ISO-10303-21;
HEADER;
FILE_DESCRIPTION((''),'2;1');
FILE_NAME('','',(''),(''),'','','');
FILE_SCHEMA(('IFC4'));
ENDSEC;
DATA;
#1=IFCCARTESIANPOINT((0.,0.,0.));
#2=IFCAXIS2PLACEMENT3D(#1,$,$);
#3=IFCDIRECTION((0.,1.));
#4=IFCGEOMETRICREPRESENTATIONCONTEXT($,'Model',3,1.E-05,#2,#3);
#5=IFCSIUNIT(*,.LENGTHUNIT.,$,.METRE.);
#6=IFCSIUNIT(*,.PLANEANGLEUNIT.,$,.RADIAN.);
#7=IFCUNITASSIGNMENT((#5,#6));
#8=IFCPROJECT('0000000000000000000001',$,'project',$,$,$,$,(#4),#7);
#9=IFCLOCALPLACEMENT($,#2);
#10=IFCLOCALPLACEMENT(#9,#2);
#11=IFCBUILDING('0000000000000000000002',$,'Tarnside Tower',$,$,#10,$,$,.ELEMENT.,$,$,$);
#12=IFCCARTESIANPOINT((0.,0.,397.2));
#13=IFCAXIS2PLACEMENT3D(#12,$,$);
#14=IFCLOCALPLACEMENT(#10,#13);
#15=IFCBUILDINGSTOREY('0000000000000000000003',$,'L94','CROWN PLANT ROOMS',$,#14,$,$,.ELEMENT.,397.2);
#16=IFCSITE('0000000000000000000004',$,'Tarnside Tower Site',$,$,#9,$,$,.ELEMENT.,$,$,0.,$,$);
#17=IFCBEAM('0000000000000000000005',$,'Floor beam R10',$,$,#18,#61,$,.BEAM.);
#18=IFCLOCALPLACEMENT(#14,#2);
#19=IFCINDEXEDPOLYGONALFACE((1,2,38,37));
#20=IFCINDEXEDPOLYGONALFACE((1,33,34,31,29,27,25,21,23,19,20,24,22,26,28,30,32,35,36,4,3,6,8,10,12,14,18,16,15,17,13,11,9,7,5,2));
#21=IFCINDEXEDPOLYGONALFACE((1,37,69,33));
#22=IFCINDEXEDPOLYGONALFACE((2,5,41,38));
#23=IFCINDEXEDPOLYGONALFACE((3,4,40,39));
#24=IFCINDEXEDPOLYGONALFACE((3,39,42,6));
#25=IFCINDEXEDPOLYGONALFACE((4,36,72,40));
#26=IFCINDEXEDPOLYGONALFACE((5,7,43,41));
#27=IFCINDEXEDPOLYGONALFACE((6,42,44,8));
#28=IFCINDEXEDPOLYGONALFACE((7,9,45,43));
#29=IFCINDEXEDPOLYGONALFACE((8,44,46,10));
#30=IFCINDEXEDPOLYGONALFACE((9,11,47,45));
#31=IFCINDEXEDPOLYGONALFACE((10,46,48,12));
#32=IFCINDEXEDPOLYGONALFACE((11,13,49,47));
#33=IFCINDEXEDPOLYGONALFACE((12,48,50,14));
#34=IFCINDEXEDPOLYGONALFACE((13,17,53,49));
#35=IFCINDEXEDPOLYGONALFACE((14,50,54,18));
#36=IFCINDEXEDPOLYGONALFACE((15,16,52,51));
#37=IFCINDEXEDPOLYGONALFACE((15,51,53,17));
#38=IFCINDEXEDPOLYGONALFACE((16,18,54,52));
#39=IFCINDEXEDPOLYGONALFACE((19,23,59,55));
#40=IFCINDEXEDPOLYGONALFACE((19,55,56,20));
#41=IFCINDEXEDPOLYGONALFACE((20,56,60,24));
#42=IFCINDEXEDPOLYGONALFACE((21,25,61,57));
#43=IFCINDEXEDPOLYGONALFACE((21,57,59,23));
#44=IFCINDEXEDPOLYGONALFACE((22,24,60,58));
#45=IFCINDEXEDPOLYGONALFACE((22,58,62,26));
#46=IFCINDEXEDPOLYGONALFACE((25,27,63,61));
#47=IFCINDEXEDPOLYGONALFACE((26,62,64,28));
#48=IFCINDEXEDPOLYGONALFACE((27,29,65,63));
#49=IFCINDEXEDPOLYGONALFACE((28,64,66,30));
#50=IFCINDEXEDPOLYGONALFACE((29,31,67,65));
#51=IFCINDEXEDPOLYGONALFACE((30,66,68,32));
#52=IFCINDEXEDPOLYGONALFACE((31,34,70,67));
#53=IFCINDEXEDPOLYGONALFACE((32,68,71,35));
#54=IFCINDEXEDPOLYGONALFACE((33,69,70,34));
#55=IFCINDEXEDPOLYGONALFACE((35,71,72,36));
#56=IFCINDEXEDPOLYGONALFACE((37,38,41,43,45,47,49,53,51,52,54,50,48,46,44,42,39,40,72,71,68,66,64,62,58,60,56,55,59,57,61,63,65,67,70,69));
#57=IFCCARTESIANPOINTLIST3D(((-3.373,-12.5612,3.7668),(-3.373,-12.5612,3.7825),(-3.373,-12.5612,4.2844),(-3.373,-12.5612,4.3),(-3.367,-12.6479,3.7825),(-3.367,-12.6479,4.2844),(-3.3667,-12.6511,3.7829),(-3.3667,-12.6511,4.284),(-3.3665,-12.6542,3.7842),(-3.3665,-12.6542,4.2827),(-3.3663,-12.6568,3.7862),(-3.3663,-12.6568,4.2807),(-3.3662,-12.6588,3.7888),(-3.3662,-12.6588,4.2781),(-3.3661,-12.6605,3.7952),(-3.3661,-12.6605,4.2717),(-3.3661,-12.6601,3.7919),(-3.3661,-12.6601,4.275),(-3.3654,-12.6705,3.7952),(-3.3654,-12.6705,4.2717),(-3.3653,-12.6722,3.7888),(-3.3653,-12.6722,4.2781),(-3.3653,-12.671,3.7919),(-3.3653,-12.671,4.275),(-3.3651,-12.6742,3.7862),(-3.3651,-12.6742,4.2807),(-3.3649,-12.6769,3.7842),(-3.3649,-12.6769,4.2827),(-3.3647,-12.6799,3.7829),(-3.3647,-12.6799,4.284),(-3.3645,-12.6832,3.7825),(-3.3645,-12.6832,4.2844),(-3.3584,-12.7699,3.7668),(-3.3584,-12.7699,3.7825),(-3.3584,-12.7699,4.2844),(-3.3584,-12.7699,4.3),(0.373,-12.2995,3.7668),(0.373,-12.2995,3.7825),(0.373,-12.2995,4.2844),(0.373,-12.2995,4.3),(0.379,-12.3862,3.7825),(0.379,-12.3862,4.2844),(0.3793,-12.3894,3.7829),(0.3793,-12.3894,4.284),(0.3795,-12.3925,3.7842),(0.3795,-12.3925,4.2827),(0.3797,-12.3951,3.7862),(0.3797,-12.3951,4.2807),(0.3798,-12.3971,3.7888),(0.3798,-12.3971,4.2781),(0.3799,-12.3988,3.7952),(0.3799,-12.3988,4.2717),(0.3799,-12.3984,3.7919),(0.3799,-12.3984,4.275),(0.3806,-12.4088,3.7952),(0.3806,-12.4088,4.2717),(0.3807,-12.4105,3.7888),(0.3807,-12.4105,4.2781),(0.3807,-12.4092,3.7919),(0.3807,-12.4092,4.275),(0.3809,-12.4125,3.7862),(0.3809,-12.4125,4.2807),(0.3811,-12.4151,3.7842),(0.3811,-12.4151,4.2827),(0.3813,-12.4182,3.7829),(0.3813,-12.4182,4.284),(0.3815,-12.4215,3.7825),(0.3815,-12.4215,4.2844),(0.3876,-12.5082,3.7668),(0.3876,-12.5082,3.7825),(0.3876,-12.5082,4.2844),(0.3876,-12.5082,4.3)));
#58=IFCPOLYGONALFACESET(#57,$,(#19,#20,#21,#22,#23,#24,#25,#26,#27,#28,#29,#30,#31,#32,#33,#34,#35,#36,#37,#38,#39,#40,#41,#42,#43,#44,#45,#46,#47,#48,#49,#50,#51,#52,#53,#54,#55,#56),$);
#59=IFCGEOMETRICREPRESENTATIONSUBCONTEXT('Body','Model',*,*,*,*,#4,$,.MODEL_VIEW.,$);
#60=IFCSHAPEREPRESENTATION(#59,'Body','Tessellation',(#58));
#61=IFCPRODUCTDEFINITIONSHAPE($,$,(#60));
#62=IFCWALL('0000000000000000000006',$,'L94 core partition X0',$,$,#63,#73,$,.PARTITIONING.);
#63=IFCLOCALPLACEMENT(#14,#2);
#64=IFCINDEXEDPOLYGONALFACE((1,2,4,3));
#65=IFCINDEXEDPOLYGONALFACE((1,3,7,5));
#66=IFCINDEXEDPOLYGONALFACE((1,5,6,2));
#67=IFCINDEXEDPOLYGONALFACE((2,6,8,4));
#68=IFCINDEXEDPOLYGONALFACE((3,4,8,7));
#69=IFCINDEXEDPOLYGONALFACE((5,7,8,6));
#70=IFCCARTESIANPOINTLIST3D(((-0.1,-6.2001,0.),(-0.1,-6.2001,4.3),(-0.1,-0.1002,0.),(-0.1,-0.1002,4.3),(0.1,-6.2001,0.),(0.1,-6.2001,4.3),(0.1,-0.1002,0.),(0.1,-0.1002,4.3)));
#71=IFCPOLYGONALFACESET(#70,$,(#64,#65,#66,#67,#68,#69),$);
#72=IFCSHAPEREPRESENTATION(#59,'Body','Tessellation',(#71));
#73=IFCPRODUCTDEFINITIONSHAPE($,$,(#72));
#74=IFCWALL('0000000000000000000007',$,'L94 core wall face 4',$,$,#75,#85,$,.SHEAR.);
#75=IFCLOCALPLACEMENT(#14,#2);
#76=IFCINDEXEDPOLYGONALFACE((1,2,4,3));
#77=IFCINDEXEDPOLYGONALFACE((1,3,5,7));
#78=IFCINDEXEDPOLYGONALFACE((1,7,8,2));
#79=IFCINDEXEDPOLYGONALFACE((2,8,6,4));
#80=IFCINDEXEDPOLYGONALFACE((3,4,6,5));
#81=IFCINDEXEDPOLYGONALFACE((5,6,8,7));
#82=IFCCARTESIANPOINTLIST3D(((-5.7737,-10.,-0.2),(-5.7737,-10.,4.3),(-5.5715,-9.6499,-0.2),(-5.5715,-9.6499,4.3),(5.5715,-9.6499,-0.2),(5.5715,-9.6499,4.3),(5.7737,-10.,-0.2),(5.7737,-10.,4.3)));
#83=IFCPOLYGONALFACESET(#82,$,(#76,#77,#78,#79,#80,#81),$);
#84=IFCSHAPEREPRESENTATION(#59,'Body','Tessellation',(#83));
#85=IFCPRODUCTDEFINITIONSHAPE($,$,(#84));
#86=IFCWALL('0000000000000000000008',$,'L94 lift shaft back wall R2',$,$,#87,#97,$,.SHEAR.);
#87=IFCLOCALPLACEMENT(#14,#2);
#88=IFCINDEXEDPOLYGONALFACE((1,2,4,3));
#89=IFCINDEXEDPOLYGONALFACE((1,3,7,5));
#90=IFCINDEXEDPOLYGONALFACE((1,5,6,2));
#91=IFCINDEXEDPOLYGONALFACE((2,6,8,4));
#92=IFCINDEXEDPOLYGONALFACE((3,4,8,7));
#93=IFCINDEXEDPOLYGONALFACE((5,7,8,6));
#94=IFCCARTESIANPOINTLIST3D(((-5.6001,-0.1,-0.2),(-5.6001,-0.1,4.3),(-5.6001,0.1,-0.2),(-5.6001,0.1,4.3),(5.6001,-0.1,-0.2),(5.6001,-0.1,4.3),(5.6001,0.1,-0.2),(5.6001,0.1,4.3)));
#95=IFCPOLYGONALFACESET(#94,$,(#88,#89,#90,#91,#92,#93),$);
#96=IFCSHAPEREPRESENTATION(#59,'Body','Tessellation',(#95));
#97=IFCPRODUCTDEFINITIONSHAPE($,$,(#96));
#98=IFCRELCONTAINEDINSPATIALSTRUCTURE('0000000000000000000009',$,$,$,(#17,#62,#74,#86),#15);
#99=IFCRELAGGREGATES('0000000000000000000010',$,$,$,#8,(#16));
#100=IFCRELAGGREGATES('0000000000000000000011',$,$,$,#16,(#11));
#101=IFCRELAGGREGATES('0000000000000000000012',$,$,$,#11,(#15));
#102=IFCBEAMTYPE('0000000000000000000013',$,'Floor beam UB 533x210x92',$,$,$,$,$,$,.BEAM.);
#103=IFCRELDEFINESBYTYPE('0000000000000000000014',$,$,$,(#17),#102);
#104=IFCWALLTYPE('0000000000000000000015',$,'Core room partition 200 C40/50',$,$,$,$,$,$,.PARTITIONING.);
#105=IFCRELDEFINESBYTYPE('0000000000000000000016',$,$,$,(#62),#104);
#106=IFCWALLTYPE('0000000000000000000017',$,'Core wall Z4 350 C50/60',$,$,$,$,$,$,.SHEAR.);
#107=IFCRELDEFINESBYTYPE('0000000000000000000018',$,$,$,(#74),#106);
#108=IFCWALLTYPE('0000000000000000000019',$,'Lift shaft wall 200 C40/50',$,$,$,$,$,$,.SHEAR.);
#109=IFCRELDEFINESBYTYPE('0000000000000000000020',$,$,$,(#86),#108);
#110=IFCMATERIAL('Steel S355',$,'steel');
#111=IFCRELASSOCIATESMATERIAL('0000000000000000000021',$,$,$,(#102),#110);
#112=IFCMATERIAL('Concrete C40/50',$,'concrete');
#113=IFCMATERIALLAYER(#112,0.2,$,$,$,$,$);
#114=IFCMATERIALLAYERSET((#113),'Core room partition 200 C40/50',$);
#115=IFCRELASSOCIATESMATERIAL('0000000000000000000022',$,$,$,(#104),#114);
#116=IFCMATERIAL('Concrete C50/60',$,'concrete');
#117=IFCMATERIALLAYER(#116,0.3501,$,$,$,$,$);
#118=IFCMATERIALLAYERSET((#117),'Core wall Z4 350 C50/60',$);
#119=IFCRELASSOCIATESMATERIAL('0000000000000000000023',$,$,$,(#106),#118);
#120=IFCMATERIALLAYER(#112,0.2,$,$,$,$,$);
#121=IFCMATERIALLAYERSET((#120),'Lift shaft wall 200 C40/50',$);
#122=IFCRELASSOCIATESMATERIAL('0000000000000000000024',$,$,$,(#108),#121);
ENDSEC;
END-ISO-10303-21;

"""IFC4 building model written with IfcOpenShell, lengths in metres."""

from ifc_helpers import new_model, si_unit, direction, frame, frame_2d, origin, origin_2d, place, context, subcontext, project, spatial, polyline, rectangle, i_section, outline, extrude, material, layer, layer_set, material_profile, profile_set, type_object, element, save


model = new_model("IFC4")

# Units and contexts
model_context = context("Model", 3, precision=1e-05, world=origin(), true_north=direction((0.0, 1.0)))
body_context = subcontext(model_context, "Body", "Model", "MODEL_VIEW")
ifc_project = project(units=[si_unit("LENGTHUNIT", "METRE"), si_unit("PLANEANGLEUNIT", "RADIAN")], contexts=[model_context])

# Site, building, storey
site_placement = place(None, origin())
site = spatial("IfcSite", under=ifc_project, at=site_placement, Name="Tarnside Tower Site", CompositionType="ELEMENT", RefElevation=0.0)
building_placement = place(site_placement, origin())
building = spatial("IfcBuilding", under=site, at=building_placement, Name="Tarnside Tower", CompositionType="ELEMENT")
storey_placement = place(building_placement, frame((0.0, 0.0, 397.2)))
storey = spatial("IfcBuildingStorey", under=building, at=storey_placement, Name="L94", Description="CROWN PLANT ROOMS", CompositionType="ELEMENT", Elevation=397.2)

# Beam
ifc_material_1 = material(Name="Steel S355", Category="steel")
ifc_material_profile_1 = material_profile(ifc_material_1, i_section(OverallWidth=0.2092, OverallDepth=0.5332, WebThickness=0.01, FlangeThickness=0.0156, FilletRadius=0.0127, at=origin_2d()), Name="UB 533x210x92")
ifc_profile_set_1 = profile_set([ifc_material_profile_1], Name="Steel S355")
beam_type_1 = type_object("IfcBeamType", Name="Floor beam UB 533x210x92", PredefinedType="BEAM", material=ifc_profile_set_1)
beam_1_placement = place(storey_placement, frame((-3.3657, -12.6655, 4.0334), z_axis=(0.997568, 0.069695, 0.0), x_axis=(-0.069695, 0.997568, 0.0)))
element("IfcBeam", 1, at=beam_1_placement, inside=storey, type_object=beam_type_1, Name="Floor beam R10", PredefinedType="BEAM", context=body_context, shape_type="SweptSolid", body=[
    extrude(i_section(OverallWidth=0.2092, OverallDepth=0.5332, WebThickness=0.01, FlangeThickness=0.0156, FilletRadius=0.0127, at=origin_2d()), origin(), (0.0, 0.0, 1.0), 3.7551),
])

# Walls
ifc_material_2 = material(Name="Concrete C40/50", Category="concrete")
ifc_layer_1 = layer(ifc_material_2, 0.2)
ifc_layer_set_1 = layer_set([ifc_layer_1], Name="Core room partition 200 C40/50")
wall_type_1 = type_object("IfcWallType", Name="Core room partition 200 C40/50", PredefinedType="PARTITIONING", material=ifc_layer_set_1)
wall_1_placement = place(storey_placement, frame((0.0, -6.2, 0.0), z_axis=(0.0, 0.0, 1.0), x_axis=(0.0, 1.0, 0.0)))
element("IfcWall", 2, at=wall_1_placement, inside=storey, type_object=wall_type_1, Name="L94 core partition X0", PredefinedType="PARTITIONING", context=body_context, shape_type="SweptSolid", body=[
    extrude(rectangle(XDim=6.0999, YDim=0.2, at=frame_2d((3.0498, 0.0))), origin(), (0.0, 0.0, 1.0), 4.3),
])
ifc_material_3 = material(Name="Concrete C50/60", Category="concrete")
ifc_layer_2 = layer(ifc_material_3, 0.3501)
ifc_layer_set_2 = layer_set([ifc_layer_2], Name="Core wall Z4 350 C50/60")
wall_type_2 = type_object("IfcWallType", Name="Core wall Z4 350 C50/60", PredefinedType="SHEAR", material=ifc_layer_set_2)
wall_2_placement = place(storey_placement, frame((-5.6726, -9.825, -0.2), z_axis=(0.0, 0.0, 1.0), x_axis=(1.0, 0.0, 0.0)))
element("IfcWall", 3, at=wall_2_placement, inside=storey, type_object=wall_type_2, Name="L94 core wall face 4", PredefinedType="SHEAR", context=body_context, shape_type="SweptSolid", body=[
    extrude(outline(polyline([(-0.1011, -0.175), (11.4463, -0.175), (11.2441, 0.175), (0.1011, 0.175), (-0.1011, -0.175)])), origin(), (0.0, 0.0, 1.0), 4.5),
])
ifc_layer_3 = layer(ifc_material_2, 0.2)
ifc_layer_set_3 = layer_set([ifc_layer_3], Name="Lift shaft wall 200 C40/50")
wall_type_3 = type_object("IfcWallType", Name="Lift shaft wall 200 C40/50", PredefinedType="SHEAR", material=ifc_layer_set_3)
wall_3_placement = place(storey_placement, frame((-5.6001, 0.0, -0.2), z_axis=(0.0, 0.0, 1.0), x_axis=(1.0, 0.0, 0.0)))
element("IfcWall", 4, at=wall_3_placement, inside=storey, type_object=wall_type_3, Name="L94 lift shaft back wall R2", PredefinedType="SHEAR", context=body_context, shape_type="SweptSolid", body=[
    extrude(rectangle(XDim=11.2002, YDim=0.2, at=frame_2d((5.6001, 0.0))), origin(), (0.0, 0.0, 1.0), 4.5),
])

save(model, "model.ifc")
